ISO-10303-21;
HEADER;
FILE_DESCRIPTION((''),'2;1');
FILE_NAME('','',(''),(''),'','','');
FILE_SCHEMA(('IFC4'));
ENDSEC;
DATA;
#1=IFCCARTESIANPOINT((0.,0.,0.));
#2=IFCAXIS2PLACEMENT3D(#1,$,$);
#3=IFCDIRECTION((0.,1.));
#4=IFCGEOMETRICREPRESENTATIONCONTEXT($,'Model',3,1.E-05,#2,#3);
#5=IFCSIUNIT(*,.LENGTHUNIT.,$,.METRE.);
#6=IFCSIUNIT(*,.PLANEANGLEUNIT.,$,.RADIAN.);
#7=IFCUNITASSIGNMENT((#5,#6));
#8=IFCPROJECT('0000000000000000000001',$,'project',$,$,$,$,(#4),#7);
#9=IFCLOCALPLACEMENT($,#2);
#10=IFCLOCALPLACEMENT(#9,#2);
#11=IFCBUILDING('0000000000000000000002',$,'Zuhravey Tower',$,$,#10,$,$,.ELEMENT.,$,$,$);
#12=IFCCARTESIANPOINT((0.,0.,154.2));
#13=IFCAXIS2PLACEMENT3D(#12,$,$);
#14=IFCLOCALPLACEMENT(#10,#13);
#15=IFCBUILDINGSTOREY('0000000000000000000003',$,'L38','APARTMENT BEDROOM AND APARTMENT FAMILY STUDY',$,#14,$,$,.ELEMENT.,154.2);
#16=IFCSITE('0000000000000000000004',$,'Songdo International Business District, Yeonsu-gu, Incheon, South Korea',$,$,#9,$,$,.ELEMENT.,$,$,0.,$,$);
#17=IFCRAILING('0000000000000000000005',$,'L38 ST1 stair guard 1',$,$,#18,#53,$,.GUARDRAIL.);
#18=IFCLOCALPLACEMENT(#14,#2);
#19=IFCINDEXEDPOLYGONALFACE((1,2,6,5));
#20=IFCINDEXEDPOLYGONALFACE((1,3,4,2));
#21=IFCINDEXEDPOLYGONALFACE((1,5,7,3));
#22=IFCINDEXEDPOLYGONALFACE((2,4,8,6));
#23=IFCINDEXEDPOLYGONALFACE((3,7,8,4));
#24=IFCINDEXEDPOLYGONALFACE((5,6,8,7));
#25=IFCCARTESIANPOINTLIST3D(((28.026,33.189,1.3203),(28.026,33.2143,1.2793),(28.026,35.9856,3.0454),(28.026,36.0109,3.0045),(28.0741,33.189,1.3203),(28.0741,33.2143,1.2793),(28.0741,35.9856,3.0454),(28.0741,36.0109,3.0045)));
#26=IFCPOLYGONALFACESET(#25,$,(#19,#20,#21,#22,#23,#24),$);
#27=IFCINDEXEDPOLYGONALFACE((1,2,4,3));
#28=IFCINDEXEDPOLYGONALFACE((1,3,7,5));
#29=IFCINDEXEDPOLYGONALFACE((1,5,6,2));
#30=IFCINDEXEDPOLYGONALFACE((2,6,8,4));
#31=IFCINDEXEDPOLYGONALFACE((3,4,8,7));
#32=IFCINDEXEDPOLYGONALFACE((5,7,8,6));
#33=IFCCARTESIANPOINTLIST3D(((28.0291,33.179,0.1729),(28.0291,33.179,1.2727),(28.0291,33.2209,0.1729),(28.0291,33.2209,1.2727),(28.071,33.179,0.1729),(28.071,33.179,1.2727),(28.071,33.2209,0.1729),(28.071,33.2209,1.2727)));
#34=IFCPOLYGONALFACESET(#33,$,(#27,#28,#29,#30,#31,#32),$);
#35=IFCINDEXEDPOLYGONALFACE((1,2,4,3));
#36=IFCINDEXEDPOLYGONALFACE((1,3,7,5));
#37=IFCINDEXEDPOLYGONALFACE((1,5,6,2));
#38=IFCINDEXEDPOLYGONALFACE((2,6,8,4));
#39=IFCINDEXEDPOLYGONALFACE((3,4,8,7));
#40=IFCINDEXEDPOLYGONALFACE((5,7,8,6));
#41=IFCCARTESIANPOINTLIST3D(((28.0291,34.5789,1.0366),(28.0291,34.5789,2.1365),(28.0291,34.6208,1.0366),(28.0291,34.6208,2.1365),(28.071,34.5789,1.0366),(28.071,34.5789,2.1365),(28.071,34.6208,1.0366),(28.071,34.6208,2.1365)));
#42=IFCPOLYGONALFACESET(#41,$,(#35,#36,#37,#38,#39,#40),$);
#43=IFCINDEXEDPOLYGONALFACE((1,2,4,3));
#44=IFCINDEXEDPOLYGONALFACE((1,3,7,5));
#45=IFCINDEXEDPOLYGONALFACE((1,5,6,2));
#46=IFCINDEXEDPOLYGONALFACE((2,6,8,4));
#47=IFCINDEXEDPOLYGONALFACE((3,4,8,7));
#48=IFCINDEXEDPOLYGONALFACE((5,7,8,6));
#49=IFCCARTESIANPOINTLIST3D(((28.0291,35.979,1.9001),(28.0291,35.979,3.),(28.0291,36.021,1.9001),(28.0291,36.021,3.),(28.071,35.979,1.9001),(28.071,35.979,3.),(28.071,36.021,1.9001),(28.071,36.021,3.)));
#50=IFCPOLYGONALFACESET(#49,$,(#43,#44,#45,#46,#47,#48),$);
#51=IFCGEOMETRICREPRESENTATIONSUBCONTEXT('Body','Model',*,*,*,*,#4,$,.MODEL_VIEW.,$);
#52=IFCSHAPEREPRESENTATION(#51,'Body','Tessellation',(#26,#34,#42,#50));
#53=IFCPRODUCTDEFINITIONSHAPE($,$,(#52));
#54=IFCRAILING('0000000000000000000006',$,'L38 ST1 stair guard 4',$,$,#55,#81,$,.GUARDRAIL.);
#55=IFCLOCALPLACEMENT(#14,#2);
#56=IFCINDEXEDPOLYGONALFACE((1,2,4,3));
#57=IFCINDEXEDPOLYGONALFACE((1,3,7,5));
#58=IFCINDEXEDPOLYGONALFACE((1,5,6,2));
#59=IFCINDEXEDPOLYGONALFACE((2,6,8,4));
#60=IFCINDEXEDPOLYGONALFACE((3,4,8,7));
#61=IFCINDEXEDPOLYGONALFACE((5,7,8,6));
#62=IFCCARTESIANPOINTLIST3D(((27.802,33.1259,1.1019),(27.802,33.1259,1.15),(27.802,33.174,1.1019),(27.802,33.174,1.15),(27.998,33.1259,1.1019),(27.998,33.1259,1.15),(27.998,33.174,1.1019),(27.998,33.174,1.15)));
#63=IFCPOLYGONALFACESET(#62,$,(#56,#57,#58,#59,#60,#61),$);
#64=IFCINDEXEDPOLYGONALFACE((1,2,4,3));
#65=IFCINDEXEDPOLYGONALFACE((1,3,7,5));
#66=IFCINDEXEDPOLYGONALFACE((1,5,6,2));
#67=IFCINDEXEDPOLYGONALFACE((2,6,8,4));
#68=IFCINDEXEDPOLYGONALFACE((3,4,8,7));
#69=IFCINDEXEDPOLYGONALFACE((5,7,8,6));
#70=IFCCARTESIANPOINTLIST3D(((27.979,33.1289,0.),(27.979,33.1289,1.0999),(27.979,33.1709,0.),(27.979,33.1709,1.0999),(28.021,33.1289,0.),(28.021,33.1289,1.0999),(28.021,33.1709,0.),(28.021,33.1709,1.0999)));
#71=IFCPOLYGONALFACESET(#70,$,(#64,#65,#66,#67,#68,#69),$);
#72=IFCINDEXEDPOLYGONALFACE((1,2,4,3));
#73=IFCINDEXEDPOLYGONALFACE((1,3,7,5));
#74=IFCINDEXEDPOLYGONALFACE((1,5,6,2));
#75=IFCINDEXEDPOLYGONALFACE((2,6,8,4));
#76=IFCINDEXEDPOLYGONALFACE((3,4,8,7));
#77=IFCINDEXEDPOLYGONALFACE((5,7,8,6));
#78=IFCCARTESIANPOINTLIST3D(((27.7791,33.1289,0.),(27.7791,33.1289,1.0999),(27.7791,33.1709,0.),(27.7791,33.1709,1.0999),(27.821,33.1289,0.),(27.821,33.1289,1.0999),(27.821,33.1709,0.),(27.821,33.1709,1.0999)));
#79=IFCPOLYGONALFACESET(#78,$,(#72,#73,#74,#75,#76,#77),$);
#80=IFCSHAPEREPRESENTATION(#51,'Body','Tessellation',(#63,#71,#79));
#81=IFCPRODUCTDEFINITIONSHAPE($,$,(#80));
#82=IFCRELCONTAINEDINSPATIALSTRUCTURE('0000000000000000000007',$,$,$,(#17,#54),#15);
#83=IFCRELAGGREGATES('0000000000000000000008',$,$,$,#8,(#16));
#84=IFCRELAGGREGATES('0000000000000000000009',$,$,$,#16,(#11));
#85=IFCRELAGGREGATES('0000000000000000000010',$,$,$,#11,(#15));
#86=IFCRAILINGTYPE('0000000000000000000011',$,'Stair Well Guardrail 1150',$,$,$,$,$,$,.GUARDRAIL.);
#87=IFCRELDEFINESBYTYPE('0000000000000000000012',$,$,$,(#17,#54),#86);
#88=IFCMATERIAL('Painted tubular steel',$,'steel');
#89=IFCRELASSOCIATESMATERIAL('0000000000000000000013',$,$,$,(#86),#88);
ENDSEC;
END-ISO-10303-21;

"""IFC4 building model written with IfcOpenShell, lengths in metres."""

from ifc_helpers import new_model, si_unit, direction, frame, origin, origin_2d, place, context, subcontext, project, spatial, rectangle, extrude, material, type_object, element, save


model = new_model("IFC4")

# Units and contexts
model_context = context("Model", 3, precision=1e-05, world=origin(), true_north=direction((0.0, 1.0)))
body_context = subcontext(model_context, "Body", "Model", "MODEL_VIEW")
ifc_project = project(units=[si_unit("LENGTHUNIT", "METRE"), si_unit("PLANEANGLEUNIT", "RADIAN")], contexts=[model_context])

# Site, building, storey
site_placement = place(None, origin())
site = spatial("IfcSite", under=ifc_project, at=site_placement, Name="Songdo International Business District, Yeonsu-gu, Incheon, South Korea", CompositionType="ELEMENT", RefElevation=0.0)
building_placement = place(site_placement, origin())
building = spatial("IfcBuilding", under=site, at=building_placement, Name="Zuhravey Tower", CompositionType="ELEMENT")
storey_placement = place(building_placement, frame((0.0, 0.0, 154.2)))
storey = spatial("IfcBuildingStorey", under=building, at=storey_placement, Name="L38", Description="APARTMENT BEDROOM AND APARTMENT FAMILY STUDY", CompositionType="ELEMENT", Elevation=154.2)

# Railings
ifc_material_1 = material(Name="Painted tubular steel", Category="steel")
railing_type = type_object("IfcRailingType", Name="Stair Well Guardrail 1150", PredefinedType="GUARDRAIL", material=ifc_material_1)
railing_1_placement = place(storey_placement, frame((28.05, 33.2, 0.1729)))
element("IfcRailing", 1, at=railing_1_placement, inside=storey, type_object=railing_type, Name="L38 ST1 stair guard 1", PredefinedType="GUARDRAIL", context=body_context, shape_type="SweptSolid", body=[
    extrude(rectangle(XDim=0.0481, YDim=0.0481, at=origin_2d()), frame((0.0, 0.0017, 1.127), z_axis=(0.0, 0.85109, 0.52502), x_axis=(-1.0, 0.0, 0.0)), (0.0, 0.0, 1.0), 3.2859),
    extrude(rectangle(XDim=0.042, YDim=0.042, at=origin_2d()), origin(), (0.0, 0.0, 1.0), 1.0999),
    extrude(rectangle(XDim=0.042, YDim=0.042, at=origin_2d()), frame((0.0, 1.3999, 0.8638)), (0.0, 0.0, 1.0), 1.0999),
    extrude(rectangle(XDim=0.042, YDim=0.042, at=origin_2d()), frame((0.0, 2.8, 1.7273)), (0.0, 0.0, 1.0), 1.0999),
])
railing_2_placement = place(storey_placement, frame((28.0, 33.1499, 0.0)))
element("IfcRailing", 2, at=railing_2_placement, inside=storey, type_object=railing_type, Name="L38 ST1 stair guard 4", PredefinedType="GUARDRAIL", context=body_context, shape_type="SweptSolid", body=[
    extrude(rectangle(XDim=0.0481, YDim=0.0481, at=origin_2d()), frame((-0.002, 0.0, 1.126), z_axis=(-1.0, 0.0, 0.0), x_axis=(0.0, -1.0, 0.0)), (0.0, 0.0, 1.0), 0.196),
    extrude(rectangle(XDim=0.042, YDim=0.042, at=origin_2d()), origin(), (0.0, 0.0, 1.0), 1.0999),
    extrude(rectangle(XDim=0.042, YDim=0.042, at=origin_2d()), frame((-0.2, 0.0, 0.0)), (0.0, 0.0, 1.0), 1.0999),
])

save(model, "model.ifc")
